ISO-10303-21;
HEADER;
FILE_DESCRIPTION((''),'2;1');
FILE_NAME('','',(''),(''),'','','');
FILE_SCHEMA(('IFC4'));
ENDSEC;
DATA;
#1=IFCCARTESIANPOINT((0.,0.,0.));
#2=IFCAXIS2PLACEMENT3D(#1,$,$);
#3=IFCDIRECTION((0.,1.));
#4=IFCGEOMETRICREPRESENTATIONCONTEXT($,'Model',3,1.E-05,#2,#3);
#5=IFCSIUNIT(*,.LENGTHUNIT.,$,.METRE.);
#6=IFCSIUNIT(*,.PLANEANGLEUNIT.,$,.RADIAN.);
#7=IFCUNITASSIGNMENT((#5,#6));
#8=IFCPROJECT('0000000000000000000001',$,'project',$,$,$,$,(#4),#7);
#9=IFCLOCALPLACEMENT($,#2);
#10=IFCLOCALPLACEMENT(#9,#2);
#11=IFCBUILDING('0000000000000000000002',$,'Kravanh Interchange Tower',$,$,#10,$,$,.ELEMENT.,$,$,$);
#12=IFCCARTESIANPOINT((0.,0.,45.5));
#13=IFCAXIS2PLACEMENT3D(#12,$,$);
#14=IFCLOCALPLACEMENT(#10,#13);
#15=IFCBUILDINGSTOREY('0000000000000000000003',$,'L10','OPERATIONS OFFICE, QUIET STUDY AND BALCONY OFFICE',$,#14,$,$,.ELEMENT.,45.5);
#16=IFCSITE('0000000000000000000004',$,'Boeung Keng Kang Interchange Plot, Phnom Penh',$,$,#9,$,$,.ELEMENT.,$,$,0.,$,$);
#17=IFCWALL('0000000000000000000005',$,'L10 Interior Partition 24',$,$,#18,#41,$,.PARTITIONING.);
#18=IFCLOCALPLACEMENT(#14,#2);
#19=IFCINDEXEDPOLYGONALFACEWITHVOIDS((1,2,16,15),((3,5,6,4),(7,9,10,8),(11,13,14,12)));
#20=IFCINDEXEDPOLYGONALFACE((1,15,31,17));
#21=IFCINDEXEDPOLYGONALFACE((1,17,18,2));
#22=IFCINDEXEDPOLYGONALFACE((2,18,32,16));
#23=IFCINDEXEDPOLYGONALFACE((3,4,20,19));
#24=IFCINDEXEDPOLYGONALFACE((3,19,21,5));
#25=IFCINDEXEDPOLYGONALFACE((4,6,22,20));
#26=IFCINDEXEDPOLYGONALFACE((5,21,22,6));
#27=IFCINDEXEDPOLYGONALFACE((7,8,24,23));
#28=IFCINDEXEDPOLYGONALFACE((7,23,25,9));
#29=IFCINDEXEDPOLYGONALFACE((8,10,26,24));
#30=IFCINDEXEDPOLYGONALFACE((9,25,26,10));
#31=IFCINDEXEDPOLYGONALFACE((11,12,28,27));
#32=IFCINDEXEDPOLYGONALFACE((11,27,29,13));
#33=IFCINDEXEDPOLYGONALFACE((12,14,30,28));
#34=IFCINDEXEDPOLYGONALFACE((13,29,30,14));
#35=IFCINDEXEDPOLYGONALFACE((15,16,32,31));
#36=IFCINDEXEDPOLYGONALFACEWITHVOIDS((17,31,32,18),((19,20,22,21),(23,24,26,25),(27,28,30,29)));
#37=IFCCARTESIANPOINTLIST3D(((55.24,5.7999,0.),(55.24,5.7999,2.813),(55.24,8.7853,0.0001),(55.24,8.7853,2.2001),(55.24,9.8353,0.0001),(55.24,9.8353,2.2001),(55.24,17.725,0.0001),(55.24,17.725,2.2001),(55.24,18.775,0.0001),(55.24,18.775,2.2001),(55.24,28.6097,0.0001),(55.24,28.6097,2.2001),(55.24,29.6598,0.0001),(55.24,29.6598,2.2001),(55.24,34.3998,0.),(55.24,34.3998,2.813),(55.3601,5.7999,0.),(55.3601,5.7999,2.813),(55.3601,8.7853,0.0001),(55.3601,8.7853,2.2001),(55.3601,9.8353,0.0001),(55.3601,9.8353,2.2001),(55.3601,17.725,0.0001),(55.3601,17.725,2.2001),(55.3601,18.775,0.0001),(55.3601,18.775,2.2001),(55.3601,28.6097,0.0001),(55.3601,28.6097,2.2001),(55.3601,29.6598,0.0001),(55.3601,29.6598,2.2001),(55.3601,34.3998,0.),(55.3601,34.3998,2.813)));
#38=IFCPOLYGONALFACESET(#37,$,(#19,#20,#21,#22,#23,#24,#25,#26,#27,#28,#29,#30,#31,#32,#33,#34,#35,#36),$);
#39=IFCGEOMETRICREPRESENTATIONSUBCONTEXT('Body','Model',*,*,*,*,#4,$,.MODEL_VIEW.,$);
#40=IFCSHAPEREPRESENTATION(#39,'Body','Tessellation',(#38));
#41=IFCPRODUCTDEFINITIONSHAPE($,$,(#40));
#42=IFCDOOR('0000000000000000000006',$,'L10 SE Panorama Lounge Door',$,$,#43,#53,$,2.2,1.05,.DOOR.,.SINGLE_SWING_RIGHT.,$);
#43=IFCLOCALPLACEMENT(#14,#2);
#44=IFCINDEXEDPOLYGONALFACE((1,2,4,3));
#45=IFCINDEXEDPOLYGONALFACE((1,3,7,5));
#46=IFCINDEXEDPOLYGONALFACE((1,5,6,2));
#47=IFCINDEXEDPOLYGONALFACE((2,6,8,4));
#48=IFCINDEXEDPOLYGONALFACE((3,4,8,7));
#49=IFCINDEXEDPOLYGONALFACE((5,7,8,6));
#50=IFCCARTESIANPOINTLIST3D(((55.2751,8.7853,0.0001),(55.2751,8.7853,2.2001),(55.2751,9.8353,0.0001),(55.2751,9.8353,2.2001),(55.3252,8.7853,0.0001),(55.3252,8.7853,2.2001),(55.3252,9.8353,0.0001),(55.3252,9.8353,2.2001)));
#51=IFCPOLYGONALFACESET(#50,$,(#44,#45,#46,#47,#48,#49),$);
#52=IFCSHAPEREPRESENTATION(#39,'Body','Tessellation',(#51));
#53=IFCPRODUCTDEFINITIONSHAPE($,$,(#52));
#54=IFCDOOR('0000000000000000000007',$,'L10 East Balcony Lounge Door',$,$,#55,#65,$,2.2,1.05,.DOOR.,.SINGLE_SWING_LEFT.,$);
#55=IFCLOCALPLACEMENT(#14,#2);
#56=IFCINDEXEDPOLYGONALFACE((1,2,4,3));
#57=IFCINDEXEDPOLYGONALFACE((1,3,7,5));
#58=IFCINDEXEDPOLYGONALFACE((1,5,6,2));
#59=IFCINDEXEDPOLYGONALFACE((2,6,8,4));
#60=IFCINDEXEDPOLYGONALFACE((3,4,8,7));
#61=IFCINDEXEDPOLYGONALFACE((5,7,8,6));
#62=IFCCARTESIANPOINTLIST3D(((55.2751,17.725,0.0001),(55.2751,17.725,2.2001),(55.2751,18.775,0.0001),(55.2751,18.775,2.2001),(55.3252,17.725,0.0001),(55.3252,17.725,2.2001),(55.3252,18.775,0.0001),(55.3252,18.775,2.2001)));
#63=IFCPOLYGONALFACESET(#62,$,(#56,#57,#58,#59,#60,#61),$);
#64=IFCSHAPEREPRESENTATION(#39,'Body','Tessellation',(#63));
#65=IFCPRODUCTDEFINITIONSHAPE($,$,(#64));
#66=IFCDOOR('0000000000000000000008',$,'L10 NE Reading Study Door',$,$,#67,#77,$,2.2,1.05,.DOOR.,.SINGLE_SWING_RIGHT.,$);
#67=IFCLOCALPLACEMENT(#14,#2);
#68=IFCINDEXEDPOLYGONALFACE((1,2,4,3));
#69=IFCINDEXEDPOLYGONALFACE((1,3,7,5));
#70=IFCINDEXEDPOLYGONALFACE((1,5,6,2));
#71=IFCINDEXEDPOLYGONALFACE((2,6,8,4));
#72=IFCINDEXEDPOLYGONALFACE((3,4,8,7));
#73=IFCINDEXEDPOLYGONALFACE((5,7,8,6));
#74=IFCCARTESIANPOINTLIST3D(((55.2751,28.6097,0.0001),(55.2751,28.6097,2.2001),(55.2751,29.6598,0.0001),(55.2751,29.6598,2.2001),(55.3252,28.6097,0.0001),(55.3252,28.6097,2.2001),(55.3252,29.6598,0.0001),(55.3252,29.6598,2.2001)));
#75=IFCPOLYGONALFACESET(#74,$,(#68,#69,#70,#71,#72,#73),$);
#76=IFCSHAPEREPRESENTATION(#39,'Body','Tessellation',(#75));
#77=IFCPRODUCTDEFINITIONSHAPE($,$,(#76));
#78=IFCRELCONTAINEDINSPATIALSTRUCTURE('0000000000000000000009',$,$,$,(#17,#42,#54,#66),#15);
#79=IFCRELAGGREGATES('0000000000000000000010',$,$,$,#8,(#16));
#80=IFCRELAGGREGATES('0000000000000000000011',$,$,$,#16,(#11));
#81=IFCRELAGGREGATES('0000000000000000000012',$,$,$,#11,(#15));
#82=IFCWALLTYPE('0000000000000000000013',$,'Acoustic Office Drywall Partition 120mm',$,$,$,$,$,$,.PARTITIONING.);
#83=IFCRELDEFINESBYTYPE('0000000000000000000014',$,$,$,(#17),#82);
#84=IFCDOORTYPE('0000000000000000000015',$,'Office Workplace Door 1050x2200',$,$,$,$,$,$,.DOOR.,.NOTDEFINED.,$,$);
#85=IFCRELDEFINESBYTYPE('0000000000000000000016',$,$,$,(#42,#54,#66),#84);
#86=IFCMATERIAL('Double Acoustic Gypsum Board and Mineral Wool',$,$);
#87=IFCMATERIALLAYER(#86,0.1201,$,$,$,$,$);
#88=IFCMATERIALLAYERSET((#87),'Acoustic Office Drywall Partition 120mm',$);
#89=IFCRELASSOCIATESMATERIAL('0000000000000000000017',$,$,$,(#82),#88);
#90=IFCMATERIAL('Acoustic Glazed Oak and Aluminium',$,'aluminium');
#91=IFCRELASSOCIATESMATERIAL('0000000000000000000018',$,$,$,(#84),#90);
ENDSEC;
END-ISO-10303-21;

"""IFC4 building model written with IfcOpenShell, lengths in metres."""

from ifc_helpers import new_model, si_unit, direction, frame, frame_2d, origin, place, context, subcontext, project, spatial, rectangle, extrude, material, layer, layer_set, type_object, element, fill, save


model = new_model("IFC4")

# Units and contexts
model_context = context("Model", 3, precision=1e-05, world=origin(), true_north=direction((0.0, 1.0)))
body_context = subcontext(model_context, "Body", "Model", "MODEL_VIEW")
ifc_project = project(units=[si_unit("LENGTHUNIT", "METRE"), si_unit("PLANEANGLEUNIT", "RADIAN")], contexts=[model_context])

# Site, building, storey
site_placement = place(None, origin())
site = spatial("IfcSite", under=ifc_project, at=site_placement, Name="Boeung Keng Kang Interchange Plot, Phnom Penh", CompositionType="ELEMENT", RefElevation=0.0)
building_placement = place(site_placement, origin())
building = spatial("IfcBuilding", under=site, at=building_placement, Name="Kravanh Interchange Tower", CompositionType="ELEMENT")
storey_placement = place(building_placement, frame((0.0, 0.0, 45.5)))
storey = spatial("IfcBuildingStorey", under=building, at=storey_placement, Name="L10", Description="OPERATIONS OFFICE, QUIET STUDY AND BALCONY OFFICE", CompositionType="ELEMENT", Elevation=45.5)

# Wall, openings, doors
ifc_material_1 = material(Name="Double Acoustic Gypsum Board and Mineral Wool")
ifc_layer_1 = layer(ifc_material_1, 0.1201)
ifc_layer_set_1 = layer_set([ifc_layer_1], Name="Acoustic Office Drywall Partition 120mm")
wall_type = type_object("IfcWallType", Name="Acoustic Office Drywall Partition 120mm", PredefinedType="PARTITIONING", material=ifc_layer_set_1)
wall_placement = place(storey_placement, frame((55.3, 5.8, 0.0), z_axis=(0.0, 0.0, 1.0), x_axis=(0.0, 1.0, 0.0)))
wall = element("IfcWall", 1, at=wall_placement, inside=storey, type_object=wall_type, Name="L10 Interior Partition 24", PredefinedType="PARTITIONING", context=body_context, shape_type="SweptSolid", body=[
    extrude(rectangle(XDim=28.5999, YDim=0.1201, at=frame_2d((14.2998, 0.0))), origin(), (0.0, 0.0, 1.0), 2.813),
])
opening_1_placement = place(wall_placement, frame((2.9854, 0.0, 0.0)))
opening_1 = element("IfcOpeningElement", 2, at=opening_1_placement, cuts=wall, PredefinedType="OPENING", context=body_context, shape_type="SweptSolid", body=[
    extrude(rectangle(XDim=1.05, YDim=2.2, at=frame_2d((0.5249, 1.1001))), frame((0.0, 0.0701, 0.0), z_axis=(0.0, -1.0, 0.0), x_axis=(1.0, 0.0, 0.0)), (0.0, 0.0, 1.0), 0.1401),
])
opening_2_placement = place(wall_placement, frame((11.925, 0.0, 0.0)))
opening_2 = element("IfcOpeningElement", 3, at=opening_2_placement, cuts=wall, PredefinedType="OPENING", context=body_context, shape_type="SweptSolid", body=[
    extrude(rectangle(XDim=1.05, YDim=2.2, at=frame_2d((0.5249, 1.1001))), frame((0.0, 0.0701, 0.0), z_axis=(0.0, -1.0, 0.0), x_axis=(1.0, 0.0, 0.0)), (0.0, 0.0, 1.0), 0.1401),
])
opening_3_placement = place(wall_placement, frame((22.8098, 0.0, 0.0)))
opening_3 = element("IfcOpeningElement", 4, at=opening_3_placement, cuts=wall, PredefinedType="OPENING", context=body_context, shape_type="SweptSolid", body=[
    extrude(rectangle(XDim=1.05, YDim=2.2, at=frame_2d((0.5249, 1.1001))), frame((0.0, 0.0701, 0.0), z_axis=(0.0, -1.0, 0.0), x_axis=(1.0, 0.0, 0.0)), (0.0, 0.0, 1.0), 0.1401),
])
ifc_material_2 = material(Name="Acoustic Glazed Oak and Aluminium", Category="aluminium")
door_type = type_object("IfcDoorType", Name="Office Workplace Door 1050x2200", OperationType="NOTDEFINED", PredefinedType="DOOR", material=ifc_material_2)
door_1_placement = place(opening_1_placement, origin())
door_1 = element("IfcDoor", 5, at=door_1_placement, inside=storey, type_object=door_type, Name="L10 SE Panorama Lounge Door", OperationType="SINGLE_SWING_RIGHT", OverallHeight=2.2, OverallWidth=1.05, PredefinedType="DOOR", context=body_context, shape_type="SweptSolid", body=[
    extrude(rectangle(XDim=1.05, YDim=2.2, at=frame_2d((0.5249, 1.1001))), frame((0.0, 0.0249, 0.0), z_axis=(0.0, -1.0, 0.0), x_axis=(1.0, 0.0, 0.0)), (0.0, 0.0, 1.0), 0.05),
])
fill(opening_1, door_1)
door_2_placement = place(opening_2_placement, origin())
door_2 = element("IfcDoor", 6, at=door_2_placement, inside=storey, type_object=door_type, Name="L10 East Balcony Lounge Door", OperationType="SINGLE_SWING_LEFT", OverallHeight=2.2, OverallWidth=1.05, PredefinedType="DOOR", context=body_context, shape_type="SweptSolid", body=[
    extrude(rectangle(XDim=1.05, YDim=2.2, at=frame_2d((0.5249, 1.1001))), frame((0.0, 0.0249, 0.0), z_axis=(0.0, -1.0, 0.0), x_axis=(1.0, 0.0, 0.0)), (0.0, 0.0, 1.0), 0.05),
])
fill(opening_2, door_2)
door_3_placement = place(opening_3_placement, origin())
door_3 = element("IfcDoor", 7, at=door_3_placement, inside=storey, type_object=door_type, Name="L10 NE Reading Study Door", OperationType="SINGLE_SWING_RIGHT", OverallHeight=2.2, OverallWidth=1.05, PredefinedType="DOOR", context=body_context, shape_type="SweptSolid", body=[
    extrude(rectangle(XDim=1.05, YDim=2.2, at=frame_2d((0.5249, 1.1001))), frame((0.0, 0.0249, 0.0), z_axis=(0.0, -1.0, 0.0), x_axis=(1.0, 0.0, 0.0)), (0.0, 0.0, 1.0), 0.05),
])
fill(opening_3, door_3)

save(model, "model.ifc")
